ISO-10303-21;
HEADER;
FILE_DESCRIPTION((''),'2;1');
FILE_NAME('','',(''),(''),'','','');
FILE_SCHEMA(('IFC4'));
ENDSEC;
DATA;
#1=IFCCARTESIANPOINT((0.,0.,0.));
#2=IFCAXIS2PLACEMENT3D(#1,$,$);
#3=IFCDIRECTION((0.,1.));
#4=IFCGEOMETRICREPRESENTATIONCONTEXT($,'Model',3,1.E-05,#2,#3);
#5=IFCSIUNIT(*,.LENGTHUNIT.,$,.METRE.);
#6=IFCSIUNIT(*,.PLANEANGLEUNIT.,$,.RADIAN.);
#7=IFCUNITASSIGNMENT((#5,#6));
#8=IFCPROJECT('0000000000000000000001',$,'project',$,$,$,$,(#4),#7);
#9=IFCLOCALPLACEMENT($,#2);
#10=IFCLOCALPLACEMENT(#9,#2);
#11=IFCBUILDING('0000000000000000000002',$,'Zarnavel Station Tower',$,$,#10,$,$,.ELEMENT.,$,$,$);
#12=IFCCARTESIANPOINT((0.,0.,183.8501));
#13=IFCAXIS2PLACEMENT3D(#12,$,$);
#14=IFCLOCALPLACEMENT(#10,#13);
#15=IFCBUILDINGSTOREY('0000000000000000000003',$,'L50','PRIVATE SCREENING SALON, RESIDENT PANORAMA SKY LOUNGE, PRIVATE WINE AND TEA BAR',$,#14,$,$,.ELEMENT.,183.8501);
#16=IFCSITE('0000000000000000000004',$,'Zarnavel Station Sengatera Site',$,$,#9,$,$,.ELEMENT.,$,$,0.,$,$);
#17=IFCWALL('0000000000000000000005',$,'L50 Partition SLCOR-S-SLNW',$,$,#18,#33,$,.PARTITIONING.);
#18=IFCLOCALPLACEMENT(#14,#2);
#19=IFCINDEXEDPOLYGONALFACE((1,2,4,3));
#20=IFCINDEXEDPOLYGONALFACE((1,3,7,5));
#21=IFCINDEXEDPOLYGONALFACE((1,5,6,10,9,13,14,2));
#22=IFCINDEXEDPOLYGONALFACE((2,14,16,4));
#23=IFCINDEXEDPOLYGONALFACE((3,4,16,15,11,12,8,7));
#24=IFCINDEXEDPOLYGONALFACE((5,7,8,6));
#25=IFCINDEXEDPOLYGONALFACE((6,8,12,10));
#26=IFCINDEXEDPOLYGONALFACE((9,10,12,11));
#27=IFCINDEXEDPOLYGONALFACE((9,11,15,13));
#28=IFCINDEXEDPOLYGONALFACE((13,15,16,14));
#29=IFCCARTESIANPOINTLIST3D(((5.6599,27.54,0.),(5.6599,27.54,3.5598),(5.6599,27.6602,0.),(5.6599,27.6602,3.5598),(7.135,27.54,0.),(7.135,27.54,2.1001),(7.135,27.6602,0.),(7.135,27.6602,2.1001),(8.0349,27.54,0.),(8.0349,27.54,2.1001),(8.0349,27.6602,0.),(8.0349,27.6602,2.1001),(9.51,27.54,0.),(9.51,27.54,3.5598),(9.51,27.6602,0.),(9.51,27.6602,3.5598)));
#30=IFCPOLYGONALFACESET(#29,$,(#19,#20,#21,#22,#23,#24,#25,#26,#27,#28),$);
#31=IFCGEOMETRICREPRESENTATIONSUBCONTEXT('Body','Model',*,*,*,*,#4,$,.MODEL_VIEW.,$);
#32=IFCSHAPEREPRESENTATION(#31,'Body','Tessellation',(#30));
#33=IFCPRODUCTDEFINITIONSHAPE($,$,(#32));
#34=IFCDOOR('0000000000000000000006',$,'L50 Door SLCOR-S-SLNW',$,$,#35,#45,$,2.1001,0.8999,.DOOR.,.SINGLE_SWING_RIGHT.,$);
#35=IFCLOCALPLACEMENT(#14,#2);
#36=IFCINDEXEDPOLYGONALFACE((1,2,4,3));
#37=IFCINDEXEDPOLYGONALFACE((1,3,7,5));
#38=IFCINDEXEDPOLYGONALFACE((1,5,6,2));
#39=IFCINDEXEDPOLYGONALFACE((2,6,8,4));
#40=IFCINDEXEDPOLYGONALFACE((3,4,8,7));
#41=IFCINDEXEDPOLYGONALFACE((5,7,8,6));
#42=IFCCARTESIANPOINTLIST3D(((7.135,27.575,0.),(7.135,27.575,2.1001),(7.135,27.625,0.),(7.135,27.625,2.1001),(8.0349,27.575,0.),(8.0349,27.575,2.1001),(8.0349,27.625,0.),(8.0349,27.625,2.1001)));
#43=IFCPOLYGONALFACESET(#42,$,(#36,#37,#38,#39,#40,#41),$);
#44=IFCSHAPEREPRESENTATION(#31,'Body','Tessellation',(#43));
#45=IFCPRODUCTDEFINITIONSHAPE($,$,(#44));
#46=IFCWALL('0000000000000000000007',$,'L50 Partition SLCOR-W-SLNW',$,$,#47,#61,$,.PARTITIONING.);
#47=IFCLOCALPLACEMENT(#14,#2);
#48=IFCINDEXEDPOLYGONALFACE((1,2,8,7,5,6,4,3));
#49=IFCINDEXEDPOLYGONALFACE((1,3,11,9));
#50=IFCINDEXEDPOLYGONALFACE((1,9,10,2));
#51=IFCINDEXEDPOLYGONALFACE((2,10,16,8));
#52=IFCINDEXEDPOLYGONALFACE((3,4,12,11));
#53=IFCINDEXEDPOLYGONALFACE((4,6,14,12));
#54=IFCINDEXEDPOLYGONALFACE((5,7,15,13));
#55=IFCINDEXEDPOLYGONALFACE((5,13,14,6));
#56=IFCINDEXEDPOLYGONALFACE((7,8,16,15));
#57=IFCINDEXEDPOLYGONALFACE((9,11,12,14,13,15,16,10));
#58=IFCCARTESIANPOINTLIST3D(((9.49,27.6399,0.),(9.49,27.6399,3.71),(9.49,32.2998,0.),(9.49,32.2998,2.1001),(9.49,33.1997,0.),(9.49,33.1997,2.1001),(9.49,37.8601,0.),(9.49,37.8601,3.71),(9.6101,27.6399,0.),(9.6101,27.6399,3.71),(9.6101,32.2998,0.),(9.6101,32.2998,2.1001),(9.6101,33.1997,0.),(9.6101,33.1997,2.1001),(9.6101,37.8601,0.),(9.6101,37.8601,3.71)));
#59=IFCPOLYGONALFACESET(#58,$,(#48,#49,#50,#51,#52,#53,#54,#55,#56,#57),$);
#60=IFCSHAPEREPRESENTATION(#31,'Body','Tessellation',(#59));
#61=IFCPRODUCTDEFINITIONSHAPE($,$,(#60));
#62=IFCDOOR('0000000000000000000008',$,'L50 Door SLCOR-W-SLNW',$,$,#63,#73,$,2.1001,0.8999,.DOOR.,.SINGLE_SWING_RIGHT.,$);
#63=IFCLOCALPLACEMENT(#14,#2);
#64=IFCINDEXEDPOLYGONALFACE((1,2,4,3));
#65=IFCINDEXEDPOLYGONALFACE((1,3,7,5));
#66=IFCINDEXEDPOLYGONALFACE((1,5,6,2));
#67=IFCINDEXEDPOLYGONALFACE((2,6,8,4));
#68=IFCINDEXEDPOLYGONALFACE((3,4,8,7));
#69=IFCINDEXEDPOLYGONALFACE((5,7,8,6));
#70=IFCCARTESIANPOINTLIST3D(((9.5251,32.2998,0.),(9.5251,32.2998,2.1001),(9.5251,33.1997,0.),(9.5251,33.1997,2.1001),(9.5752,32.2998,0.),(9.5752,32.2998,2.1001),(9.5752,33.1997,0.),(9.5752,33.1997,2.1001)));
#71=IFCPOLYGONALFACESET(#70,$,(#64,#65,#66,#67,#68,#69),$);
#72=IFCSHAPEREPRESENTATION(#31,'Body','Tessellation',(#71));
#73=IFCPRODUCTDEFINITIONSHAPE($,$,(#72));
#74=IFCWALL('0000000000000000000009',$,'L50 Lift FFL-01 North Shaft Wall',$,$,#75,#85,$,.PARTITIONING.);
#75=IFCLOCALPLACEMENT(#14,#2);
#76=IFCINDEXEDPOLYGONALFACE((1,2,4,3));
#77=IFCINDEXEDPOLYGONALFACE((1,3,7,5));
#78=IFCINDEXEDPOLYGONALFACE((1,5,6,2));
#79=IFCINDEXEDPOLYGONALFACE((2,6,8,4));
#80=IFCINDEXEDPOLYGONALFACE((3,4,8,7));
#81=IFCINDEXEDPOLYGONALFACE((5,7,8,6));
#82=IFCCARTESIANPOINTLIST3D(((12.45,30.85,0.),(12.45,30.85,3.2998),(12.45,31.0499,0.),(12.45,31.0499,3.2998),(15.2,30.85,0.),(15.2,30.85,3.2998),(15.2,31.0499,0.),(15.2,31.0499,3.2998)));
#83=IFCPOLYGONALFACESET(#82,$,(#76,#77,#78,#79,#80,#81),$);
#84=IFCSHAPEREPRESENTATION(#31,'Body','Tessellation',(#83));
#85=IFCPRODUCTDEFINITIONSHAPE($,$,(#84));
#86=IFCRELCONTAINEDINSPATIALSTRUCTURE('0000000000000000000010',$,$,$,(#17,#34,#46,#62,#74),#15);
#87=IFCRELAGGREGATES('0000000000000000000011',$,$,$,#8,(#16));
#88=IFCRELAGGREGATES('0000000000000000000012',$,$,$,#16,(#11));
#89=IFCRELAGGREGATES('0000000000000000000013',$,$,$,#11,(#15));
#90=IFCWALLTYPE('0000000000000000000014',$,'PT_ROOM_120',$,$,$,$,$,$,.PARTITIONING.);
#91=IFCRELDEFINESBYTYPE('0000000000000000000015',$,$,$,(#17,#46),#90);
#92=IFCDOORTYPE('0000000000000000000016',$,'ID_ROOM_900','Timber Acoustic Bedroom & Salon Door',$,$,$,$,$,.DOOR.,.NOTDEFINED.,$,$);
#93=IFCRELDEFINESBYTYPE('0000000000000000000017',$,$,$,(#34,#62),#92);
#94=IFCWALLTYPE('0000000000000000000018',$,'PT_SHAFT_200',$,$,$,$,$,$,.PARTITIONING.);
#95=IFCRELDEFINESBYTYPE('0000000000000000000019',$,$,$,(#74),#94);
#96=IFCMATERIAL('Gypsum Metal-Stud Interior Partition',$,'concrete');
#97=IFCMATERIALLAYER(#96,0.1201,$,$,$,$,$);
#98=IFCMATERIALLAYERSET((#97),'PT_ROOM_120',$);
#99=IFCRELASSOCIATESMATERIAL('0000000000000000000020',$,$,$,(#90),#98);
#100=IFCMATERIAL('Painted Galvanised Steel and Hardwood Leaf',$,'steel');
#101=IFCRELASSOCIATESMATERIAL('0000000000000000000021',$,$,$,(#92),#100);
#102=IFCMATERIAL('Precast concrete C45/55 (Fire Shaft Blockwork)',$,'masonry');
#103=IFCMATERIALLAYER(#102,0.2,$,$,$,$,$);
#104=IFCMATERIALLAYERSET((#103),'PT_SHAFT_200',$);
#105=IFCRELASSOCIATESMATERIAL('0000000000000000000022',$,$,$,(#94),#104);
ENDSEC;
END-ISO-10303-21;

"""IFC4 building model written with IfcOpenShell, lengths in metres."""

from ifc_helpers import new_model, si_unit, direction, frame, frame_2d, origin, place, context, subcontext, project, spatial, rectangle, extrude, material, layer, layer_set, type_object, element, fill, save


model = new_model("IFC4")

# Units and contexts
model_context = context("Model", 3, precision=1e-05, world=origin(), true_north=direction((0.0, 1.0)))
body_context = subcontext(model_context, "Body", "Model", "MODEL_VIEW")
ifc_project = project(units=[si_unit("LENGTHUNIT", "METRE"), si_unit("PLANEANGLEUNIT", "RADIAN")], contexts=[model_context])

# Site, building, storey
site_placement = place(None, origin())
site = spatial("IfcSite", under=ifc_project, at=site_placement, Name="Zarnavel Station Sengatera Site", CompositionType="ELEMENT", RefElevation=0.0)
building_placement = place(site_placement, origin())
building = spatial("IfcBuilding", under=site, at=building_placement, Name="Zarnavel Station Tower", CompositionType="ELEMENT")
storey_placement = place(building_placement, frame((0.0, 0.0, 183.8501)))
storey = spatial("IfcBuildingStorey", under=building, at=storey_placement, Name="L50", Description="PRIVATE SCREENING SALON, RESIDENT PANORAMA SKY LOUNGE, PRIVATE WINE AND TEA BAR", CompositionType="ELEMENT", Elevation=183.8501)

# Walls, openings, doors
ifc_material_1 = material(Name="Gypsum Metal-Stud Interior Partition", Category="concrete")
ifc_layer_1 = layer(ifc_material_1, 0.1201)
ifc_layer_set_1 = layer_set([ifc_layer_1], Name="PT_ROOM_120")
wall_type_1 = type_object("IfcWallType", Name="PT_ROOM_120", PredefinedType="PARTITIONING", material=ifc_layer_set_1)
ifc_material_2 = material(Name="Painted Galvanised Steel and Hardwood Leaf", Category="steel")
door_type_1 = type_object("IfcDoorType", Name="ID_ROOM_900", Description="Timber Acoustic Bedroom & Salon Door", OperationType="NOTDEFINED", PredefinedType="DOOR", material=ifc_material_2)
wall_1_placement = place(storey_placement, frame((5.6599, 27.6001, 0.0), z_axis=(0.0, 0.0, 1.0), x_axis=(1.0, 0.0, 0.0)))
wall_1 = element("IfcWall", 1, at=wall_1_placement, inside=storey, type_object=wall_type_1, Name="L50 Partition SLCOR-S-SLNW", PredefinedType="PARTITIONING", context=body_context, shape_type="SweptSolid", body=[
    extrude(rectangle(XDim=3.8501, YDim=0.1201, at=frame_2d((1.925, 0.0))), origin(), (0.0, 0.0, 1.0), 3.5598),
])
opening_1_placement = place(wall_1_placement, frame((1.4751, 0.0, 0.0)))
opening_1 = element("IfcOpeningElement", 2, at=opening_1_placement, cuts=wall_1, PredefinedType="OPENING", context=body_context, shape_type="SweptSolid", body=[
    extrude(rectangle(XDim=0.8999, YDim=2.1001, at=frame_2d((0.45, 1.05))), frame((0.0, 0.0701, 0.0), z_axis=(0.0, -1.0, 0.0), x_axis=(1.0, 0.0, 0.0)), (0.0, 0.0, 1.0), 0.1401),
])
door_1_placement = place(opening_1_placement, origin())
door_1 = element("IfcDoor", 3, at=door_1_placement, inside=storey, type_object=door_type_1, Name="L50 Door SLCOR-S-SLNW", OperationType="SINGLE_SWING_RIGHT", OverallHeight=2.1001, OverallWidth=0.8999, PredefinedType="DOOR", context=body_context, shape_type="SweptSolid", body=[
    extrude(rectangle(XDim=0.8999, YDim=2.1001, at=frame_2d((0.45, 1.05))), frame((0.0, 0.0249, 0.0), z_axis=(0.0, -1.0, 0.0), x_axis=(1.0, 0.0, 0.0)), (0.0, 0.0, 1.0), 0.05),
])
fill(opening_1, door_1)
wall_2_placement = place(storey_placement, frame((9.55, 27.6399, 0.0), z_axis=(0.0, 0.0, 1.0), x_axis=(0.0, 1.0, 0.0)))
wall_2 = element("IfcWall", 4, at=wall_2_placement, inside=storey, type_object=wall_type_1, Name="L50 Partition SLCOR-W-SLNW", PredefinedType="PARTITIONING", context=body_context, shape_type="SweptSolid", body=[
    extrude(rectangle(XDim=10.2202, YDim=0.1201, at=frame_2d((5.1101, 0.0))), origin(), (0.0, 0.0, 1.0), 3.71),
])
opening_2_placement = place(wall_2_placement, frame((4.6599, 0.0, 0.0)))
opening_2 = element("IfcOpeningElement", 5, at=opening_2_placement, cuts=wall_2, PredefinedType="OPENING", context=body_context, shape_type="SweptSolid", body=[
    extrude(rectangle(XDim=0.8999, YDim=2.1001, at=frame_2d((0.45, 1.05))), frame((0.0, 0.0701, 0.0), z_axis=(0.0, -1.0, 0.0), x_axis=(1.0, 0.0, 0.0)), (0.0, 0.0, 1.0), 0.1401),
])
door_2_placement = place(opening_2_placement, origin())
door_2 = element("IfcDoor", 6, at=door_2_placement, inside=storey, type_object=door_type_1, Name="L50 Door SLCOR-W-SLNW", OperationType="SINGLE_SWING_RIGHT", OverallHeight=2.1001, OverallWidth=0.8999, PredefinedType="DOOR", context=body_context, shape_type="SweptSolid", body=[
    extrude(rectangle(XDim=0.8999, YDim=2.1001, at=frame_2d((0.45, 1.05))), frame((0.0, 0.0249, 0.0), z_axis=(0.0, -1.0, 0.0), x_axis=(1.0, 0.0, 0.0)), (0.0, 0.0, 1.0), 0.05),
])
fill(opening_2, door_2)
ifc_material_3 = material(Name="Precast concrete C45/55 (Fire Shaft Blockwork)", Category="masonry")
ifc_layer_2 = layer(ifc_material_3, 0.2)
ifc_layer_set_2 = layer_set([ifc_layer_2], Name="PT_SHAFT_200")
wall_type_2 = type_object("IfcWallType", Name="PT_SHAFT_200", PredefinedType="PARTITIONING", material=ifc_layer_set_2)

# Wall
wall_3_placement = place(storey_placement, frame((12.45, 30.95, 0.0), z_axis=(0.0, 0.0, 1.0), x_axis=(1.0, 0.0, 0.0)))
element("IfcWall", 7, at=wall_3_placement, inside=storey, type_object=wall_type_2, Name="L50 Lift FFL-01 North Shaft Wall", PredefinedType="PARTITIONING", context=body_context, shape_type="SweptSolid", body=[
    extrude(rectangle(XDim=2.75, YDim=0.2, at=frame_2d((1.375, 0.0))), origin(), (0.0, 0.0, 1.0), 3.2998),
])

save(model, "model.ifc")
